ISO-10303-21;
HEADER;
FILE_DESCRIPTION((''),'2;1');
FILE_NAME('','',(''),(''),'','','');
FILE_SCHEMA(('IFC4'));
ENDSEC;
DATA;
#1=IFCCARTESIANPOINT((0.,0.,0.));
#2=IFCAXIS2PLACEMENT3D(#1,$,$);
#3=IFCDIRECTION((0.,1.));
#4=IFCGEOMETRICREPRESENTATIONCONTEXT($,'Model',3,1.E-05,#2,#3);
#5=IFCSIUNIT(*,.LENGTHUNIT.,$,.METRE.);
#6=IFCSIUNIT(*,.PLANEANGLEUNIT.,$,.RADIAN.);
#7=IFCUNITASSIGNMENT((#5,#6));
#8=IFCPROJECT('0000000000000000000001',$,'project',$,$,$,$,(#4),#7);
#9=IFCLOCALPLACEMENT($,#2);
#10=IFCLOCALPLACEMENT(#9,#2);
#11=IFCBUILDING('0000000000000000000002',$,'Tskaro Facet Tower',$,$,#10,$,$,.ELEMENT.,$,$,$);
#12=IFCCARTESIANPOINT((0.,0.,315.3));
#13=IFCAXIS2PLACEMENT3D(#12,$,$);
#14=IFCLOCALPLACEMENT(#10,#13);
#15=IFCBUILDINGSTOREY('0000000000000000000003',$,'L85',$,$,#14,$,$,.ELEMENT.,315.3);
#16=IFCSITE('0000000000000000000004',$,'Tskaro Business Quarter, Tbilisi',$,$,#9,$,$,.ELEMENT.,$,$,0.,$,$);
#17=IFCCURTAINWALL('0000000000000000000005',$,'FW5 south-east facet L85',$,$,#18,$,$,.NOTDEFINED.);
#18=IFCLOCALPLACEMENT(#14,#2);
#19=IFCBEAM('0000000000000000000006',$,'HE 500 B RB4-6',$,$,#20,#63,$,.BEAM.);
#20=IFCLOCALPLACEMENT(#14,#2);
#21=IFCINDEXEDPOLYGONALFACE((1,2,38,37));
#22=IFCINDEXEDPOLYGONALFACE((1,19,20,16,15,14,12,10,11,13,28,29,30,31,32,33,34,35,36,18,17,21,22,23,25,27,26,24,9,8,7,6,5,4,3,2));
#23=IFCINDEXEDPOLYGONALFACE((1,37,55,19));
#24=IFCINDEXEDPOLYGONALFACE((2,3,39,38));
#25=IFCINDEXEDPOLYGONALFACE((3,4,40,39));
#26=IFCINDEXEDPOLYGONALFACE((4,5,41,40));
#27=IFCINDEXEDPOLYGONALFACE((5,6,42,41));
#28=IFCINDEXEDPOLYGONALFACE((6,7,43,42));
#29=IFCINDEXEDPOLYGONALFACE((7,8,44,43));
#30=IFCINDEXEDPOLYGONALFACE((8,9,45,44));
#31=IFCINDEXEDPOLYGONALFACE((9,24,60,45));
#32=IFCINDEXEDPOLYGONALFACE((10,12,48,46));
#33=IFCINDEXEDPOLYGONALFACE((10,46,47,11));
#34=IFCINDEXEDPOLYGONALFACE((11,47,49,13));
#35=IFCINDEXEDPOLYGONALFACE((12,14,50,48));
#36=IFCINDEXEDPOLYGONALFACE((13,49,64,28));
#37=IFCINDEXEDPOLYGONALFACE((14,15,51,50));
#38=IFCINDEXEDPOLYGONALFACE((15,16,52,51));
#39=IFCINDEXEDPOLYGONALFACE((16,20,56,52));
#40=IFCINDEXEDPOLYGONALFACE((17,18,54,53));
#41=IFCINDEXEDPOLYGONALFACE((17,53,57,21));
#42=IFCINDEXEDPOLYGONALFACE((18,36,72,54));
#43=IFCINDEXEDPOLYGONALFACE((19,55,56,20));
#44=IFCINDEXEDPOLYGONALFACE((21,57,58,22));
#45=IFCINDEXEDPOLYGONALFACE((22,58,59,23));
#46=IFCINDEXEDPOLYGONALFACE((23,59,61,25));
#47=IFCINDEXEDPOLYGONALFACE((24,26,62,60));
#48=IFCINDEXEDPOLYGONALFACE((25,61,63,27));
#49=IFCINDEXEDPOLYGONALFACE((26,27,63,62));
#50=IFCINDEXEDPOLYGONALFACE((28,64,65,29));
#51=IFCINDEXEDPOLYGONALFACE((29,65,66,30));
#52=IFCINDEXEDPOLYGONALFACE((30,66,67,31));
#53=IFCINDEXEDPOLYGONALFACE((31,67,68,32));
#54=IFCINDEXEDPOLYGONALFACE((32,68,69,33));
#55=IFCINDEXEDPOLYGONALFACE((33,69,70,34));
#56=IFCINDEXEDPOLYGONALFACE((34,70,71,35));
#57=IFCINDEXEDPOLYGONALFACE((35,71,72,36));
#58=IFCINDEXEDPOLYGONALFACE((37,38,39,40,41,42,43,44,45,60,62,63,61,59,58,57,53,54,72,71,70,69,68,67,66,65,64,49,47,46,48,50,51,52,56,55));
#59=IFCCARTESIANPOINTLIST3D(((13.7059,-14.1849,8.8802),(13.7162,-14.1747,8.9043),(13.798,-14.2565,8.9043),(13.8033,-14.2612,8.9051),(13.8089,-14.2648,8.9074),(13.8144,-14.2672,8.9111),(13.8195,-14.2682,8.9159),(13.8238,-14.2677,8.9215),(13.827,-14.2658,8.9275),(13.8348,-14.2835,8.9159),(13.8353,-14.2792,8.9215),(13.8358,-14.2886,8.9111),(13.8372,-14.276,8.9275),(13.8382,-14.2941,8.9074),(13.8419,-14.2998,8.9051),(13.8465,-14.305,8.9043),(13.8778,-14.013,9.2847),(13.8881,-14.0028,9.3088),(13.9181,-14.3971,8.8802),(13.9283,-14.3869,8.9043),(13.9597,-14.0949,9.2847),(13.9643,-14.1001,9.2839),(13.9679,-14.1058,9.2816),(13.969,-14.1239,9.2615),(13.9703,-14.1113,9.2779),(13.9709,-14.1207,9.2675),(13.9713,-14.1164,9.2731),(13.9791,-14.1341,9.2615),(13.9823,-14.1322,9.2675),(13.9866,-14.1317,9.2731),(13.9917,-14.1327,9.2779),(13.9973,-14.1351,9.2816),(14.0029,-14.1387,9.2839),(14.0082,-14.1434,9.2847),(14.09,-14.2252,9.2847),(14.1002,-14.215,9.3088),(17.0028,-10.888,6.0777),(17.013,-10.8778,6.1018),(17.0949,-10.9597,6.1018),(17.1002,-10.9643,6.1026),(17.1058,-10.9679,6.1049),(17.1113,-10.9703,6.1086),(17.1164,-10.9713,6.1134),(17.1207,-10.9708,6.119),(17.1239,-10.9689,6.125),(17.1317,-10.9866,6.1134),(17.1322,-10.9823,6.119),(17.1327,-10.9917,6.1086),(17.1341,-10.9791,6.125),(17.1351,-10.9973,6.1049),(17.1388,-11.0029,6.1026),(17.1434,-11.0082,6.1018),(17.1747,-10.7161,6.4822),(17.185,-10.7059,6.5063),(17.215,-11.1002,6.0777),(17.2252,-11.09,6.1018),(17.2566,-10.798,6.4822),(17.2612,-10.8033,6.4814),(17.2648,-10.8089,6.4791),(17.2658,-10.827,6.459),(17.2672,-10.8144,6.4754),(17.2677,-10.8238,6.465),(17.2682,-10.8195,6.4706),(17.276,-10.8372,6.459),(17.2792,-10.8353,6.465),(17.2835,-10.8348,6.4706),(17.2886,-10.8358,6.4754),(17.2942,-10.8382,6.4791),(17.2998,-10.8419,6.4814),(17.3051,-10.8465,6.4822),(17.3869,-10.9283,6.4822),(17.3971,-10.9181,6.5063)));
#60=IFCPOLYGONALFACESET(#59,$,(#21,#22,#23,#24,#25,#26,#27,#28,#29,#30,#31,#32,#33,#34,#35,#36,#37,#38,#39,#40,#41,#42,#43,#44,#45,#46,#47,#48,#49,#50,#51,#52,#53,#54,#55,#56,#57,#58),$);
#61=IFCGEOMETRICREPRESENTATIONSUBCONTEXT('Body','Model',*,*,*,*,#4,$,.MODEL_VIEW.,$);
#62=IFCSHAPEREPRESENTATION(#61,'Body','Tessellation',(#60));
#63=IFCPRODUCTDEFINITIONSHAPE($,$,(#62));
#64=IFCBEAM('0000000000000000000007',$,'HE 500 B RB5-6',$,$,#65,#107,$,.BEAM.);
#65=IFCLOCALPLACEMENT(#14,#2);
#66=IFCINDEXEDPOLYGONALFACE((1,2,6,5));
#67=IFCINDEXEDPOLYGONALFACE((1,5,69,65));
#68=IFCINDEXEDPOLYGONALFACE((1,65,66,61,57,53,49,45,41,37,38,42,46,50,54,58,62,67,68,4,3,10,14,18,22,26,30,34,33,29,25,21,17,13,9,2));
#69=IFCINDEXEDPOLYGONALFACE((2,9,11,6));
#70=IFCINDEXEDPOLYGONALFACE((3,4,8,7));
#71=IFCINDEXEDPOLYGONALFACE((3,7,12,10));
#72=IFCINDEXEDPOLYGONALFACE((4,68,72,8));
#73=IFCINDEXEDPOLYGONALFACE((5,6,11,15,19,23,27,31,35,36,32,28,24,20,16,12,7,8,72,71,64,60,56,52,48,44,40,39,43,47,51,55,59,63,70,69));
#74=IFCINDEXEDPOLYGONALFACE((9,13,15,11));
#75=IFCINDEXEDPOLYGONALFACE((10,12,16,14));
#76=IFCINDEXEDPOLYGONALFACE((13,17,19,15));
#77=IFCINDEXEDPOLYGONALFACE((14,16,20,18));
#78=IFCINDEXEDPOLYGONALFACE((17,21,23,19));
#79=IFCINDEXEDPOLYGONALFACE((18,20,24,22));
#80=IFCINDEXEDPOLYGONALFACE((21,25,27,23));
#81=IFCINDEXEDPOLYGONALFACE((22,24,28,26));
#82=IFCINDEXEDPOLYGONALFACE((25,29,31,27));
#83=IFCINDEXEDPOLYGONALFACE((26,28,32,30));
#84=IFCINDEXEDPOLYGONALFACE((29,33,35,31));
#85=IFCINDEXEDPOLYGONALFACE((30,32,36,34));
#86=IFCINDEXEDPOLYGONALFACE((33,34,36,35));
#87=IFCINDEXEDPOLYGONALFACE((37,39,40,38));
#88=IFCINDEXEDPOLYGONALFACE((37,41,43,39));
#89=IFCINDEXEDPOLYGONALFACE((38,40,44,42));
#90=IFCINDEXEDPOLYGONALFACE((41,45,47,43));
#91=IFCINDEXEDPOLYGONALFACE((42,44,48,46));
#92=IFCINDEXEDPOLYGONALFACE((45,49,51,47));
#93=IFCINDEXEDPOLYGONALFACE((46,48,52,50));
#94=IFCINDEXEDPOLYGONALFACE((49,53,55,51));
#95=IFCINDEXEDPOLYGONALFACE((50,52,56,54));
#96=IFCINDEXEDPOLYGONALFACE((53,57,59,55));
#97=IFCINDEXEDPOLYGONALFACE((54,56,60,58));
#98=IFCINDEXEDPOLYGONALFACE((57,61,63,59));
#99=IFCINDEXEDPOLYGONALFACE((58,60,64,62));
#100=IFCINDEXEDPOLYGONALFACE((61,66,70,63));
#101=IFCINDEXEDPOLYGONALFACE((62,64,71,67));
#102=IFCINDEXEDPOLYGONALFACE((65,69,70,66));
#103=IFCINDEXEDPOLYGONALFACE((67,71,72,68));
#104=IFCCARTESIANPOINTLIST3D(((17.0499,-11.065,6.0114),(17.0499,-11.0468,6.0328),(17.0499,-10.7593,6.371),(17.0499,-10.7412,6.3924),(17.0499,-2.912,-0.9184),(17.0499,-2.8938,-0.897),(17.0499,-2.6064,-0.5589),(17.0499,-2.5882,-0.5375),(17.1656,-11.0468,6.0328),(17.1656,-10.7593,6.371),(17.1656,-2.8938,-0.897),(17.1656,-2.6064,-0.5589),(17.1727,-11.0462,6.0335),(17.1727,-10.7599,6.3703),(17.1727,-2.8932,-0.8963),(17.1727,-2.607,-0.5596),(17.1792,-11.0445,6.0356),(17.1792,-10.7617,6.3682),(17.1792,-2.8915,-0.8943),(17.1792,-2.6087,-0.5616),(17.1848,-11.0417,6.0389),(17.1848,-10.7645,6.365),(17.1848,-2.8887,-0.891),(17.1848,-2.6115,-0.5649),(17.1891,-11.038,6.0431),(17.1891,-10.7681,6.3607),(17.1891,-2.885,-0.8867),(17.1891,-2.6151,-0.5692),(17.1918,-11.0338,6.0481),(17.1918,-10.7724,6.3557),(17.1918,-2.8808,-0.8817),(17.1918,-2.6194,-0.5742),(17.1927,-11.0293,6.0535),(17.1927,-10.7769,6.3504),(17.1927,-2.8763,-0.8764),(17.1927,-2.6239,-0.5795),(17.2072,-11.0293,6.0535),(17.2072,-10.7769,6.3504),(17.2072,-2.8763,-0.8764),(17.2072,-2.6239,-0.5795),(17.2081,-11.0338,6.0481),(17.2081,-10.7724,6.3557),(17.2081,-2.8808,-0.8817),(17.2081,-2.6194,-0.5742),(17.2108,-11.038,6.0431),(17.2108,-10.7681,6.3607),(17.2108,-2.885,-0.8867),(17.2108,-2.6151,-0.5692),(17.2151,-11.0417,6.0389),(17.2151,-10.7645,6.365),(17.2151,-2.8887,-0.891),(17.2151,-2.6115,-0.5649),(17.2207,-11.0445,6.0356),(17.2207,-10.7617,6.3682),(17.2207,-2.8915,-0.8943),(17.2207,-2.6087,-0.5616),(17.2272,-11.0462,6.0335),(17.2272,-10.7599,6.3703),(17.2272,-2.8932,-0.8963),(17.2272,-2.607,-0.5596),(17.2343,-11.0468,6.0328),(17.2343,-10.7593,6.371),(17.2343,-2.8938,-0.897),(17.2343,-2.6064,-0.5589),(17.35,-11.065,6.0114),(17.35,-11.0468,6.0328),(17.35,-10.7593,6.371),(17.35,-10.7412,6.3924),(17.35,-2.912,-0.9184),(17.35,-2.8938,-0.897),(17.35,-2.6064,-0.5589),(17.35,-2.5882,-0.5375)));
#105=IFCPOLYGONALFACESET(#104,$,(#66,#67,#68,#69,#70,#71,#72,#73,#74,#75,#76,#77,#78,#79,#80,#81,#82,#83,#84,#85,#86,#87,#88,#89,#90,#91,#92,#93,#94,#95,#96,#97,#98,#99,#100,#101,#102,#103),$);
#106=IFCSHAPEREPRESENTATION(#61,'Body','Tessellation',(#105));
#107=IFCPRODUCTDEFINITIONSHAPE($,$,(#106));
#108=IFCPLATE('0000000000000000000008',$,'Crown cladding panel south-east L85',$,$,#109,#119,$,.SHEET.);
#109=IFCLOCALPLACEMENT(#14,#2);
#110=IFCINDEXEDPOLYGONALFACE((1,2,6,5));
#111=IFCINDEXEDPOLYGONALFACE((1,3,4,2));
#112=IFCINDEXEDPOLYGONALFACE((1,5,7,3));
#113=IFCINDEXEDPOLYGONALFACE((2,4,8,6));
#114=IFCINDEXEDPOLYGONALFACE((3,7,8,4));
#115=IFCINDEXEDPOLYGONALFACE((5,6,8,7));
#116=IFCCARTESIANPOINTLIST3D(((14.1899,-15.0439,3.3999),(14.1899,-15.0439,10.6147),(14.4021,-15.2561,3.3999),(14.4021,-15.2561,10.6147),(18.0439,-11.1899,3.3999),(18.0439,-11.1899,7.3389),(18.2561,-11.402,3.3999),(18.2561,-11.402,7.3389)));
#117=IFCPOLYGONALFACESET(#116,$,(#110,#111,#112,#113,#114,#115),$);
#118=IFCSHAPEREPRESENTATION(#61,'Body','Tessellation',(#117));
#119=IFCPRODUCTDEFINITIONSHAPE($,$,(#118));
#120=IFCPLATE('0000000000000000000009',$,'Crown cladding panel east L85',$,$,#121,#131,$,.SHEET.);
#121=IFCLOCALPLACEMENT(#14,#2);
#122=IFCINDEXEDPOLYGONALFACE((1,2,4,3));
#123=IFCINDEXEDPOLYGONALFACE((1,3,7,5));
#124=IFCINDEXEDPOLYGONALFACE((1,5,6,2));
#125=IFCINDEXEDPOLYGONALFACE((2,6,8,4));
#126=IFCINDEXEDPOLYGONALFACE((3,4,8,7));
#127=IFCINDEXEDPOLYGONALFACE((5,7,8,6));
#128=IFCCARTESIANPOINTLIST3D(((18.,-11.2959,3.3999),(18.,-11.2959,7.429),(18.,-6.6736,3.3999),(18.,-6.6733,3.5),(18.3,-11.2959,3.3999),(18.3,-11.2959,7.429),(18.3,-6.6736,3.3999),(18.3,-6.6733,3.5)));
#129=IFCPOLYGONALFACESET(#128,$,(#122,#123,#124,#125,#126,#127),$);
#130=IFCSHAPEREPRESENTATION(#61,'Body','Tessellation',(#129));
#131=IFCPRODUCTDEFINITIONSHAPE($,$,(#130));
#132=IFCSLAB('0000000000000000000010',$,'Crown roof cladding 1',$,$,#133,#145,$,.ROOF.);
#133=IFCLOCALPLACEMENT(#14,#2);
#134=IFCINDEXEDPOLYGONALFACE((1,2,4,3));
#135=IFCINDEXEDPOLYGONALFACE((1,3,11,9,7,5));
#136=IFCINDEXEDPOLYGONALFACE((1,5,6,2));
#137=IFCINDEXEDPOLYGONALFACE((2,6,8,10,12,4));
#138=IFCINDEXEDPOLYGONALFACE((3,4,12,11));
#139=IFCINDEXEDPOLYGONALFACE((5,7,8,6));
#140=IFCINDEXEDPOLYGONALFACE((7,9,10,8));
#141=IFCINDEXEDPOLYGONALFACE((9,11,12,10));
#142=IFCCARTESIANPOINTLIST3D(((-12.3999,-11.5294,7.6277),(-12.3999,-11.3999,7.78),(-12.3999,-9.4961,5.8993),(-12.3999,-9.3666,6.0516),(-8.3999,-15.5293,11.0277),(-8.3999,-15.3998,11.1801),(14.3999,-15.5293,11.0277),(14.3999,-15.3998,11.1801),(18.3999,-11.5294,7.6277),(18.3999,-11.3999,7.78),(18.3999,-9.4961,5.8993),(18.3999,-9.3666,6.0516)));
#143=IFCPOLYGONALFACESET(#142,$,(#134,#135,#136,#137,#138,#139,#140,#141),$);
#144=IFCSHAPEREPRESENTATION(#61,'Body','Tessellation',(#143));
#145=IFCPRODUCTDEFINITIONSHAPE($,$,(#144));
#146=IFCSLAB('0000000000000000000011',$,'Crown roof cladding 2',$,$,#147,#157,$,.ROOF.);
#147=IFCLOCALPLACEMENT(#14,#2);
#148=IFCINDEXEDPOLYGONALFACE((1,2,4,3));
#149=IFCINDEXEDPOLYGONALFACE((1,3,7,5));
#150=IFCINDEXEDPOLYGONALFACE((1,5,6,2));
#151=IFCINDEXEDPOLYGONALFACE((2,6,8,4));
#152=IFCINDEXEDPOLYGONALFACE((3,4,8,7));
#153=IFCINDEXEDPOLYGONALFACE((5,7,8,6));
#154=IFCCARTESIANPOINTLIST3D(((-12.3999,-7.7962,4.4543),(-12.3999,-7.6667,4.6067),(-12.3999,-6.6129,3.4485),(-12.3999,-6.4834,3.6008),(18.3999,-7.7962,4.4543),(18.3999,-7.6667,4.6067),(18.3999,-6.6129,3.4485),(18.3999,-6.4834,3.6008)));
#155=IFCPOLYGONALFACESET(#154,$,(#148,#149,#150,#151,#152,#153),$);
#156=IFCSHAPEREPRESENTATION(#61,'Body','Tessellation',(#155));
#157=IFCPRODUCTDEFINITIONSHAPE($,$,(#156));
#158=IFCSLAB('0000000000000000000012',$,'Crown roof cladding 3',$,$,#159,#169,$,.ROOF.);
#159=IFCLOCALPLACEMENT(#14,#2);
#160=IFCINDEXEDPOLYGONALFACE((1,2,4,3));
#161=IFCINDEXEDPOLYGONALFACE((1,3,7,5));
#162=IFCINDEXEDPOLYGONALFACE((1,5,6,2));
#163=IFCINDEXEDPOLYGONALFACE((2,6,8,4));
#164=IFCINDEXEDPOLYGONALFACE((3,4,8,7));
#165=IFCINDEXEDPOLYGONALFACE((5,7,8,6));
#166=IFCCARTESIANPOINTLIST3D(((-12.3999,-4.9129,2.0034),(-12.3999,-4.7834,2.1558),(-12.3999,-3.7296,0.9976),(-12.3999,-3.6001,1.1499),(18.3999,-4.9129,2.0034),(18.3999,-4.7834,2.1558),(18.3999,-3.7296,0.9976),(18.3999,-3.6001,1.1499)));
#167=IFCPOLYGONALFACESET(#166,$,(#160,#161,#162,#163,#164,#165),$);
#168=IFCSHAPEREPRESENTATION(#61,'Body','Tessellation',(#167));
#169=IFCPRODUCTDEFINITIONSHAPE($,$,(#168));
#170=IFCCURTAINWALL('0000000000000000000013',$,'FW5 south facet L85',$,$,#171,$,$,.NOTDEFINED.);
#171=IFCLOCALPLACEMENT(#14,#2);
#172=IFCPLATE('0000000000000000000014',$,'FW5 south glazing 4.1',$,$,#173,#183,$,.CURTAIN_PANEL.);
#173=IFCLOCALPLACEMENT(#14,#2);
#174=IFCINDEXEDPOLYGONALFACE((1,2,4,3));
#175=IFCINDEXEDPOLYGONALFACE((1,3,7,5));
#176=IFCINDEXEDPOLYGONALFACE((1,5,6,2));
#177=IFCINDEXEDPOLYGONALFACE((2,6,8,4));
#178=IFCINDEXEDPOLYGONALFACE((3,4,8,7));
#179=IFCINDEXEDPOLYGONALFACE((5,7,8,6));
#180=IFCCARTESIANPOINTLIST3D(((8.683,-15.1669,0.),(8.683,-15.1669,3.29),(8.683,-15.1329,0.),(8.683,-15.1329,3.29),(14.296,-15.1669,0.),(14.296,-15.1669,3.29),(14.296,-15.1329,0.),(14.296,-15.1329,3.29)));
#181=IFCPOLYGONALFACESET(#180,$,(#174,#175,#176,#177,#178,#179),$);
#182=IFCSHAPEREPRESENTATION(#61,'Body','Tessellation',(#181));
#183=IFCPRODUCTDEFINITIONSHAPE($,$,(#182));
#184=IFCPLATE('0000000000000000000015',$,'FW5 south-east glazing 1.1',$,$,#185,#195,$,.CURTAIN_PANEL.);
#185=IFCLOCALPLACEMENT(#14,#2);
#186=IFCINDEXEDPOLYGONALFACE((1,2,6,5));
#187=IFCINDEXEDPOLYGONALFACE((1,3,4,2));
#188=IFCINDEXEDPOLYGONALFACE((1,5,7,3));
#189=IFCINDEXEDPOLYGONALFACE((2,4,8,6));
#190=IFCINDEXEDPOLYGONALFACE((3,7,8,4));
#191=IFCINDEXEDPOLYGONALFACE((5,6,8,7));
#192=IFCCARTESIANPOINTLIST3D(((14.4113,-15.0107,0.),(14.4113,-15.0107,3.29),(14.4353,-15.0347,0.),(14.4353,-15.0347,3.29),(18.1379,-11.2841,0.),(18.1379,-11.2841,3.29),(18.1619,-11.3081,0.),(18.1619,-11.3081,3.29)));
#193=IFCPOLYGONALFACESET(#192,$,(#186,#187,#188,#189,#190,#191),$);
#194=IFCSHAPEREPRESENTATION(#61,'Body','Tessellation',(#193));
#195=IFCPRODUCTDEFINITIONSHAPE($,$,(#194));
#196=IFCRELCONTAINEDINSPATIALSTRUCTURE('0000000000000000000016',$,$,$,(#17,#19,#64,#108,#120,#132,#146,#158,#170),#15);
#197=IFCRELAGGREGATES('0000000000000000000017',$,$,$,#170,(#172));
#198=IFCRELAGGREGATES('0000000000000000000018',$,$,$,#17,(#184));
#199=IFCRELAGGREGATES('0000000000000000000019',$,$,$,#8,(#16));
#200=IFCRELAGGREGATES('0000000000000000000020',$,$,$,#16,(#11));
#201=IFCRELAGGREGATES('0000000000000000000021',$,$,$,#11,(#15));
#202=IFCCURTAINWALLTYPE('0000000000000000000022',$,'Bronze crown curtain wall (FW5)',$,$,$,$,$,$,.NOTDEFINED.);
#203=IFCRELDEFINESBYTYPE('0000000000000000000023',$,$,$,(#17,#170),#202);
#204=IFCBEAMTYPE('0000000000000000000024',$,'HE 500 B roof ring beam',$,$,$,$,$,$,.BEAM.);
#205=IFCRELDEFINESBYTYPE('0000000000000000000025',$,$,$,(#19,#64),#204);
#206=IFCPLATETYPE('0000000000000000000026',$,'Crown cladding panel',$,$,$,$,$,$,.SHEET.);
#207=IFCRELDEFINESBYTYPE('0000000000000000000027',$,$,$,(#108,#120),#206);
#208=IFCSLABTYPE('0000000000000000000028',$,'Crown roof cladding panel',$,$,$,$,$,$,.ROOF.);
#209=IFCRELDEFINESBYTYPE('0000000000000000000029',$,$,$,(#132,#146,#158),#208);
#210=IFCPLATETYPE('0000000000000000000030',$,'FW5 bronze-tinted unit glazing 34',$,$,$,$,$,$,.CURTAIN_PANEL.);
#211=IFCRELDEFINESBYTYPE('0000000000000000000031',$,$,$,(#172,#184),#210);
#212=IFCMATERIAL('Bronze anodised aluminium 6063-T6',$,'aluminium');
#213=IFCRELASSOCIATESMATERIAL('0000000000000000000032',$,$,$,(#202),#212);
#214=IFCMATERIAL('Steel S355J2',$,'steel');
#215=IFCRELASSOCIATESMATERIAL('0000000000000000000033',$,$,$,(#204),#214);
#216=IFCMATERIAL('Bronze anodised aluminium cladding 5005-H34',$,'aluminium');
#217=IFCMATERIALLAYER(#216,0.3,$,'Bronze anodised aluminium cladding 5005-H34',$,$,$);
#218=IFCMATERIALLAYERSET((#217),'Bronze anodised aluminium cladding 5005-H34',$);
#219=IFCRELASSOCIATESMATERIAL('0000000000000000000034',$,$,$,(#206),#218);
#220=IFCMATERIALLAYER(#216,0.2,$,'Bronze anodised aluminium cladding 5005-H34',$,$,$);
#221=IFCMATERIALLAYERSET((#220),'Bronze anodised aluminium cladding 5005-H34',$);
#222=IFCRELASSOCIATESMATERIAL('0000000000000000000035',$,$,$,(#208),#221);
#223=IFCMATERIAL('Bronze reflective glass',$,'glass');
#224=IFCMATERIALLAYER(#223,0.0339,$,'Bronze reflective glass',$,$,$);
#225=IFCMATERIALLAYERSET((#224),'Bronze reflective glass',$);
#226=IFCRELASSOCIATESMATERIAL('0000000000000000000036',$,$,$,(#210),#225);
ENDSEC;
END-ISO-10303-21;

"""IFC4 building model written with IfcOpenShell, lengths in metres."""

from ifc_helpers import new_model, si_unit, direction, frame, origin, origin_2d, place, context, subcontext, project, spatial, polyline, rectangle, i_section, outline, extrude, material, layer, layer_set, material_profile, profile_set, type_object, element, aggregate, save


model = new_model("IFC4")

# Units and contexts
model_context = context("Model", 3, precision=1e-05, world=origin(), true_north=direction((0.0, 1.0)))
body_context = subcontext(model_context, "Body", "Model", "MODEL_VIEW")
ifc_project = project(units=[si_unit("LENGTHUNIT", "METRE"), si_unit("PLANEANGLEUNIT", "RADIAN")], contexts=[model_context])

# Site, building, storey
site_placement = place(None, origin())
site = spatial("IfcSite", under=ifc_project, at=site_placement, Name="Tskaro Business Quarter, Tbilisi", CompositionType="ELEMENT", RefElevation=0.0)
building_placement = place(site_placement, origin())
building = spatial("IfcBuilding", under=site, at=building_placement, Name="Tskaro Facet Tower", CompositionType="ELEMENT")
storey_placement = place(building_placement, frame((0.0, 0.0, 315.3)))
storey = spatial("IfcBuildingStorey", under=building, at=storey_placement, Name="L85", CompositionType="ELEMENT", Elevation=315.3)

# Curtain wall
ifc_material_1 = material(Name="Bronze anodised aluminium 6063-T6", Category="aluminium")
curtain_wall_type_1 = type_object("IfcCurtainWallType", Name="Bronze crown curtain wall (FW5)", PredefinedType="NOTDEFINED", material=ifc_material_1)
curtain_wall_1_placement = place(storey_placement, origin())
curtain_wall_1 = element("IfcCurtainWall", 1, at=curtain_wall_1_placement, inside=storey, type_object=curtain_wall_type_1, Name="FW5 south-east facet L85", PredefinedType="NOTDEFINED")

# Shared definitions
ifc_material_2 = material(Name="Steel S355J2", Category="steel")

# Beams
ifc_material_profile_1 = material_profile(ifc_material_2, i_section(OverallWidth=0.3, OverallDepth=0.5, WebThickness=0.0144, FlangeThickness=0.0281, FilletRadius=0.0271, at=origin_2d()), Name="HE 500 B")
ifc_profile_set_1 = profile_set([ifc_material_profile_1], Name="Steel S355J2")
beam_type = type_object("IfcBeamType", Name="HE 500 B roof ring beam", PredefinedType="BEAM", material=ifc_profile_set_1)
beam_1_placement = place(storey_placement, frame((13.9031, -14.2, 9.0945), z_axis=(0.606052, 0.606052, -0.515171), x_axis=(-0.707107, 0.707107, 0.0)))
element("IfcBeam", 2, at=beam_1_placement, inside=storey, type_object=beam_type, Name="HE 500 B RB4-6", PredefinedType="BEAM", context=body_context, shape_type="SweptSolid", body=[
    extrude(i_section(OverallWidth=0.3, OverallDepth=0.5, WebThickness=0.0144, FlangeThickness=0.0281, FilletRadius=0.0271, at=origin_2d()), origin(), (0.0, 0.0, 1.0), 5.4399),
])
beam_2_placement = place(storey_placement, frame((17.2, -10.9031, 6.2019), z_axis=(0.0, 0.761948, -0.647638), x_axis=(-1.0, 0.0, 0.0)))
element("IfcBeam", 3, at=beam_2_placement, inside=storey, type_object=beam_type, Name="HE 500 B RB5-6", PredefinedType="BEAM", context=body_context, shape_type="SweptSolid", body=[
    extrude(i_section(OverallWidth=0.3, OverallDepth=0.5, WebThickness=0.0144, FlangeThickness=0.0281, FilletRadius=0.0271, at=origin_2d()), origin(), (0.0, 0.0, 1.0), 10.7002),
])

# Plates
ifc_material_3 = material(Name="Bronze anodised aluminium cladding 5005-H34", Category="aluminium")
ifc_layer_1 = layer(ifc_material_3, 0.3, Name="Bronze anodised aluminium cladding 5005-H34")
ifc_layer_set_1 = layer_set([ifc_layer_1], Name="Bronze anodised aluminium cladding 5005-H34")
plate_type_1 = type_object("IfcPlateType", Name="Crown cladding panel", PredefinedType="SHEET", material=ifc_layer_set_1)
plate_1_placement = place(storey_placement, frame((14.2959, -15.1499, 3.3999), z_axis=(0.0, 0.0, 1.0), x_axis=(0.707107, 0.707107, 0.0)))
element("IfcPlate", 4, at=plate_1_placement, inside=storey, type_object=plate_type_1, Name="Crown cladding panel south-east L85", PredefinedType="SHEET", context=body_context, shape_type="SweptSolid", body=[
    extrude(outline(polyline([(0.0, 0.0), (5.4504, 0.0), (5.4504, 3.939), (0.0, 7.2148), (0.0, 0.0)])), frame((0.0, 0.1499, 0.0), z_axis=(0.0, -1.0, 0.0), x_axis=(1.0, 0.0, 0.0)), (0.0, 0.0, 1.0), 0.3),
])
plate_2_placement = place(storey_placement, frame((18.1499, -11.2959, 3.3999), z_axis=(0.0, 0.0, 1.0), x_axis=(0.0, 1.0, 0.0)))
element("IfcPlate", 5, at=plate_2_placement, inside=storey, type_object=plate_type_1, Name="Crown cladding panel east L85", PredefinedType="SHEET", context=body_context, shape_type="SweptSolid", body=[
    extrude(outline(polyline([(0.0, 0.0), (4.6223, 0.0), (4.6226, 0.1001), (0.0, 4.0291), (0.0, 0.0)])), frame((0.0, 0.1499, 0.0), z_axis=(0.0, -1.0, 0.0), x_axis=(1.0, 0.0, 0.0)), (0.0, 0.0, 1.0), 0.3),
])

# Slabs
ifc_layer_2 = layer(ifc_material_3, 0.2, Name="Bronze anodised aluminium cladding 5005-H34")
ifc_layer_set_2 = layer_set([ifc_layer_2], Name="Bronze anodised aluminium cladding 5005-H34")
slab_type = type_object("IfcSlabType", Name="Crown roof cladding panel", PredefinedType="ROOF", material=ifc_layer_set_2)
slab_placement = place(storey_placement, frame((18.3999, -11.3999, 7.78), z_axis=(0.0, 0.647665, 0.761925), x_axis=(-0.606065, -0.606047, 0.515163)))
element("IfcSlab", 6, at=slab_placement, inside=storey, type_object=slab_type, Name="Crown roof cladding 1", PredefinedType="ROOF", context=body_context, shape_type="SweptSolid", body=[
    extrude(outline(polyline([(0.0, 0.0), (6.5999, 0.0), (20.4181, -18.1353), (18.6667, -24.4986), (16.544, -26.116), (-2.1227, -1.6174), (0.0, 0.0)])), origin(), (0.0, 0.0, -1.0), 0.2),
])
for number, where, z_axis, x_axis, name in (
    (7, (18.3999, -7.6667, 4.6067), (0.0, 0.647653, 0.761935), (-1.0, 0.0, 0.0), "Crown roof cladding 2"),
    (8, (18.3999, -4.7834, 2.1558), (0.0, 0.647653, 0.761935), (-1.0, 0.0, 0.0), "Crown roof cladding 3"),
):
    element("IfcSlab", number, at=place(storey_placement, frame(where, z_axis=z_axis, x_axis=x_axis)), inside=storey, type_object=slab_type, Name=name, PredefinedType="ROOF", context=body_context, shape_type="SweptSolid", body=[
        extrude(outline(polyline([(0.0, 0.0), (30.7998, 0.0), (30.7998, -1.5531), (0.0, -1.5531), (0.0, 0.0)])), origin(), (0.0, 0.0, -1.0), 0.2),
    ])

# Curtain wall, plate
curtain_wall_2_placement = place(storey_placement, origin())
curtain_wall_2 = element("IfcCurtainWall", 9, at=curtain_wall_2_placement, inside=storey, type_object=curtain_wall_type_1, Name="FW5 south facet L85", PredefinedType="NOTDEFINED")
ifc_material_4 = material(Name="Bronze reflective glass", Category="glass")
ifc_layer_3 = layer(ifc_material_4, 0.0339, Name="Bronze reflective glass")
ifc_layer_set_3 = layer_set([ifc_layer_3], Name="Bronze reflective glass")
plate_type_2 = type_object("IfcPlateType", Name="FW5 bronze-tinted unit glazing 34", PredefinedType="CURTAIN_PANEL", material=ifc_layer_set_3)
plate_3_placement = place(storey_placement, frame((11.4895, -15.1499, 0.0), z_axis=(0.0, 0.0, 1.0), x_axis=(1.0, 0.0, 0.0)))
plate_3 = element("IfcPlate", 10, at=plate_3_placement, type_object=plate_type_2, Name="FW5 south glazing 4.1", PredefinedType="CURTAIN_PANEL", context=body_context, shape_type="SweptSolid", body=[
    extrude(rectangle(XDim=5.613, YDim=0.0339, at=origin_2d()), origin(), (0.0, 0.0, 1.0), 3.29),
])
aggregate(curtain_wall_2, [plate_3])

# Plate
plate_4_placement = place(storey_placement, frame((16.2866, -13.1594, 0.0), z_axis=(0.0, 0.0, 1.0), x_axis=(0.707107, 0.707107, 0.0)))
plate_4 = element("IfcPlate", 11, at=plate_4_placement, type_object=plate_type_2, Name="FW5 south-east glazing 1.1", PredefinedType="CURTAIN_PANEL", context=body_context, shape_type="SweptSolid", body=[
    extrude(rectangle(XDim=5.2703, YDim=0.0339, at=origin_2d()), origin(), (0.0, 0.0, 1.0), 3.29),
])
aggregate(curtain_wall_1, [plate_4])

save(model, "model.ifc")
